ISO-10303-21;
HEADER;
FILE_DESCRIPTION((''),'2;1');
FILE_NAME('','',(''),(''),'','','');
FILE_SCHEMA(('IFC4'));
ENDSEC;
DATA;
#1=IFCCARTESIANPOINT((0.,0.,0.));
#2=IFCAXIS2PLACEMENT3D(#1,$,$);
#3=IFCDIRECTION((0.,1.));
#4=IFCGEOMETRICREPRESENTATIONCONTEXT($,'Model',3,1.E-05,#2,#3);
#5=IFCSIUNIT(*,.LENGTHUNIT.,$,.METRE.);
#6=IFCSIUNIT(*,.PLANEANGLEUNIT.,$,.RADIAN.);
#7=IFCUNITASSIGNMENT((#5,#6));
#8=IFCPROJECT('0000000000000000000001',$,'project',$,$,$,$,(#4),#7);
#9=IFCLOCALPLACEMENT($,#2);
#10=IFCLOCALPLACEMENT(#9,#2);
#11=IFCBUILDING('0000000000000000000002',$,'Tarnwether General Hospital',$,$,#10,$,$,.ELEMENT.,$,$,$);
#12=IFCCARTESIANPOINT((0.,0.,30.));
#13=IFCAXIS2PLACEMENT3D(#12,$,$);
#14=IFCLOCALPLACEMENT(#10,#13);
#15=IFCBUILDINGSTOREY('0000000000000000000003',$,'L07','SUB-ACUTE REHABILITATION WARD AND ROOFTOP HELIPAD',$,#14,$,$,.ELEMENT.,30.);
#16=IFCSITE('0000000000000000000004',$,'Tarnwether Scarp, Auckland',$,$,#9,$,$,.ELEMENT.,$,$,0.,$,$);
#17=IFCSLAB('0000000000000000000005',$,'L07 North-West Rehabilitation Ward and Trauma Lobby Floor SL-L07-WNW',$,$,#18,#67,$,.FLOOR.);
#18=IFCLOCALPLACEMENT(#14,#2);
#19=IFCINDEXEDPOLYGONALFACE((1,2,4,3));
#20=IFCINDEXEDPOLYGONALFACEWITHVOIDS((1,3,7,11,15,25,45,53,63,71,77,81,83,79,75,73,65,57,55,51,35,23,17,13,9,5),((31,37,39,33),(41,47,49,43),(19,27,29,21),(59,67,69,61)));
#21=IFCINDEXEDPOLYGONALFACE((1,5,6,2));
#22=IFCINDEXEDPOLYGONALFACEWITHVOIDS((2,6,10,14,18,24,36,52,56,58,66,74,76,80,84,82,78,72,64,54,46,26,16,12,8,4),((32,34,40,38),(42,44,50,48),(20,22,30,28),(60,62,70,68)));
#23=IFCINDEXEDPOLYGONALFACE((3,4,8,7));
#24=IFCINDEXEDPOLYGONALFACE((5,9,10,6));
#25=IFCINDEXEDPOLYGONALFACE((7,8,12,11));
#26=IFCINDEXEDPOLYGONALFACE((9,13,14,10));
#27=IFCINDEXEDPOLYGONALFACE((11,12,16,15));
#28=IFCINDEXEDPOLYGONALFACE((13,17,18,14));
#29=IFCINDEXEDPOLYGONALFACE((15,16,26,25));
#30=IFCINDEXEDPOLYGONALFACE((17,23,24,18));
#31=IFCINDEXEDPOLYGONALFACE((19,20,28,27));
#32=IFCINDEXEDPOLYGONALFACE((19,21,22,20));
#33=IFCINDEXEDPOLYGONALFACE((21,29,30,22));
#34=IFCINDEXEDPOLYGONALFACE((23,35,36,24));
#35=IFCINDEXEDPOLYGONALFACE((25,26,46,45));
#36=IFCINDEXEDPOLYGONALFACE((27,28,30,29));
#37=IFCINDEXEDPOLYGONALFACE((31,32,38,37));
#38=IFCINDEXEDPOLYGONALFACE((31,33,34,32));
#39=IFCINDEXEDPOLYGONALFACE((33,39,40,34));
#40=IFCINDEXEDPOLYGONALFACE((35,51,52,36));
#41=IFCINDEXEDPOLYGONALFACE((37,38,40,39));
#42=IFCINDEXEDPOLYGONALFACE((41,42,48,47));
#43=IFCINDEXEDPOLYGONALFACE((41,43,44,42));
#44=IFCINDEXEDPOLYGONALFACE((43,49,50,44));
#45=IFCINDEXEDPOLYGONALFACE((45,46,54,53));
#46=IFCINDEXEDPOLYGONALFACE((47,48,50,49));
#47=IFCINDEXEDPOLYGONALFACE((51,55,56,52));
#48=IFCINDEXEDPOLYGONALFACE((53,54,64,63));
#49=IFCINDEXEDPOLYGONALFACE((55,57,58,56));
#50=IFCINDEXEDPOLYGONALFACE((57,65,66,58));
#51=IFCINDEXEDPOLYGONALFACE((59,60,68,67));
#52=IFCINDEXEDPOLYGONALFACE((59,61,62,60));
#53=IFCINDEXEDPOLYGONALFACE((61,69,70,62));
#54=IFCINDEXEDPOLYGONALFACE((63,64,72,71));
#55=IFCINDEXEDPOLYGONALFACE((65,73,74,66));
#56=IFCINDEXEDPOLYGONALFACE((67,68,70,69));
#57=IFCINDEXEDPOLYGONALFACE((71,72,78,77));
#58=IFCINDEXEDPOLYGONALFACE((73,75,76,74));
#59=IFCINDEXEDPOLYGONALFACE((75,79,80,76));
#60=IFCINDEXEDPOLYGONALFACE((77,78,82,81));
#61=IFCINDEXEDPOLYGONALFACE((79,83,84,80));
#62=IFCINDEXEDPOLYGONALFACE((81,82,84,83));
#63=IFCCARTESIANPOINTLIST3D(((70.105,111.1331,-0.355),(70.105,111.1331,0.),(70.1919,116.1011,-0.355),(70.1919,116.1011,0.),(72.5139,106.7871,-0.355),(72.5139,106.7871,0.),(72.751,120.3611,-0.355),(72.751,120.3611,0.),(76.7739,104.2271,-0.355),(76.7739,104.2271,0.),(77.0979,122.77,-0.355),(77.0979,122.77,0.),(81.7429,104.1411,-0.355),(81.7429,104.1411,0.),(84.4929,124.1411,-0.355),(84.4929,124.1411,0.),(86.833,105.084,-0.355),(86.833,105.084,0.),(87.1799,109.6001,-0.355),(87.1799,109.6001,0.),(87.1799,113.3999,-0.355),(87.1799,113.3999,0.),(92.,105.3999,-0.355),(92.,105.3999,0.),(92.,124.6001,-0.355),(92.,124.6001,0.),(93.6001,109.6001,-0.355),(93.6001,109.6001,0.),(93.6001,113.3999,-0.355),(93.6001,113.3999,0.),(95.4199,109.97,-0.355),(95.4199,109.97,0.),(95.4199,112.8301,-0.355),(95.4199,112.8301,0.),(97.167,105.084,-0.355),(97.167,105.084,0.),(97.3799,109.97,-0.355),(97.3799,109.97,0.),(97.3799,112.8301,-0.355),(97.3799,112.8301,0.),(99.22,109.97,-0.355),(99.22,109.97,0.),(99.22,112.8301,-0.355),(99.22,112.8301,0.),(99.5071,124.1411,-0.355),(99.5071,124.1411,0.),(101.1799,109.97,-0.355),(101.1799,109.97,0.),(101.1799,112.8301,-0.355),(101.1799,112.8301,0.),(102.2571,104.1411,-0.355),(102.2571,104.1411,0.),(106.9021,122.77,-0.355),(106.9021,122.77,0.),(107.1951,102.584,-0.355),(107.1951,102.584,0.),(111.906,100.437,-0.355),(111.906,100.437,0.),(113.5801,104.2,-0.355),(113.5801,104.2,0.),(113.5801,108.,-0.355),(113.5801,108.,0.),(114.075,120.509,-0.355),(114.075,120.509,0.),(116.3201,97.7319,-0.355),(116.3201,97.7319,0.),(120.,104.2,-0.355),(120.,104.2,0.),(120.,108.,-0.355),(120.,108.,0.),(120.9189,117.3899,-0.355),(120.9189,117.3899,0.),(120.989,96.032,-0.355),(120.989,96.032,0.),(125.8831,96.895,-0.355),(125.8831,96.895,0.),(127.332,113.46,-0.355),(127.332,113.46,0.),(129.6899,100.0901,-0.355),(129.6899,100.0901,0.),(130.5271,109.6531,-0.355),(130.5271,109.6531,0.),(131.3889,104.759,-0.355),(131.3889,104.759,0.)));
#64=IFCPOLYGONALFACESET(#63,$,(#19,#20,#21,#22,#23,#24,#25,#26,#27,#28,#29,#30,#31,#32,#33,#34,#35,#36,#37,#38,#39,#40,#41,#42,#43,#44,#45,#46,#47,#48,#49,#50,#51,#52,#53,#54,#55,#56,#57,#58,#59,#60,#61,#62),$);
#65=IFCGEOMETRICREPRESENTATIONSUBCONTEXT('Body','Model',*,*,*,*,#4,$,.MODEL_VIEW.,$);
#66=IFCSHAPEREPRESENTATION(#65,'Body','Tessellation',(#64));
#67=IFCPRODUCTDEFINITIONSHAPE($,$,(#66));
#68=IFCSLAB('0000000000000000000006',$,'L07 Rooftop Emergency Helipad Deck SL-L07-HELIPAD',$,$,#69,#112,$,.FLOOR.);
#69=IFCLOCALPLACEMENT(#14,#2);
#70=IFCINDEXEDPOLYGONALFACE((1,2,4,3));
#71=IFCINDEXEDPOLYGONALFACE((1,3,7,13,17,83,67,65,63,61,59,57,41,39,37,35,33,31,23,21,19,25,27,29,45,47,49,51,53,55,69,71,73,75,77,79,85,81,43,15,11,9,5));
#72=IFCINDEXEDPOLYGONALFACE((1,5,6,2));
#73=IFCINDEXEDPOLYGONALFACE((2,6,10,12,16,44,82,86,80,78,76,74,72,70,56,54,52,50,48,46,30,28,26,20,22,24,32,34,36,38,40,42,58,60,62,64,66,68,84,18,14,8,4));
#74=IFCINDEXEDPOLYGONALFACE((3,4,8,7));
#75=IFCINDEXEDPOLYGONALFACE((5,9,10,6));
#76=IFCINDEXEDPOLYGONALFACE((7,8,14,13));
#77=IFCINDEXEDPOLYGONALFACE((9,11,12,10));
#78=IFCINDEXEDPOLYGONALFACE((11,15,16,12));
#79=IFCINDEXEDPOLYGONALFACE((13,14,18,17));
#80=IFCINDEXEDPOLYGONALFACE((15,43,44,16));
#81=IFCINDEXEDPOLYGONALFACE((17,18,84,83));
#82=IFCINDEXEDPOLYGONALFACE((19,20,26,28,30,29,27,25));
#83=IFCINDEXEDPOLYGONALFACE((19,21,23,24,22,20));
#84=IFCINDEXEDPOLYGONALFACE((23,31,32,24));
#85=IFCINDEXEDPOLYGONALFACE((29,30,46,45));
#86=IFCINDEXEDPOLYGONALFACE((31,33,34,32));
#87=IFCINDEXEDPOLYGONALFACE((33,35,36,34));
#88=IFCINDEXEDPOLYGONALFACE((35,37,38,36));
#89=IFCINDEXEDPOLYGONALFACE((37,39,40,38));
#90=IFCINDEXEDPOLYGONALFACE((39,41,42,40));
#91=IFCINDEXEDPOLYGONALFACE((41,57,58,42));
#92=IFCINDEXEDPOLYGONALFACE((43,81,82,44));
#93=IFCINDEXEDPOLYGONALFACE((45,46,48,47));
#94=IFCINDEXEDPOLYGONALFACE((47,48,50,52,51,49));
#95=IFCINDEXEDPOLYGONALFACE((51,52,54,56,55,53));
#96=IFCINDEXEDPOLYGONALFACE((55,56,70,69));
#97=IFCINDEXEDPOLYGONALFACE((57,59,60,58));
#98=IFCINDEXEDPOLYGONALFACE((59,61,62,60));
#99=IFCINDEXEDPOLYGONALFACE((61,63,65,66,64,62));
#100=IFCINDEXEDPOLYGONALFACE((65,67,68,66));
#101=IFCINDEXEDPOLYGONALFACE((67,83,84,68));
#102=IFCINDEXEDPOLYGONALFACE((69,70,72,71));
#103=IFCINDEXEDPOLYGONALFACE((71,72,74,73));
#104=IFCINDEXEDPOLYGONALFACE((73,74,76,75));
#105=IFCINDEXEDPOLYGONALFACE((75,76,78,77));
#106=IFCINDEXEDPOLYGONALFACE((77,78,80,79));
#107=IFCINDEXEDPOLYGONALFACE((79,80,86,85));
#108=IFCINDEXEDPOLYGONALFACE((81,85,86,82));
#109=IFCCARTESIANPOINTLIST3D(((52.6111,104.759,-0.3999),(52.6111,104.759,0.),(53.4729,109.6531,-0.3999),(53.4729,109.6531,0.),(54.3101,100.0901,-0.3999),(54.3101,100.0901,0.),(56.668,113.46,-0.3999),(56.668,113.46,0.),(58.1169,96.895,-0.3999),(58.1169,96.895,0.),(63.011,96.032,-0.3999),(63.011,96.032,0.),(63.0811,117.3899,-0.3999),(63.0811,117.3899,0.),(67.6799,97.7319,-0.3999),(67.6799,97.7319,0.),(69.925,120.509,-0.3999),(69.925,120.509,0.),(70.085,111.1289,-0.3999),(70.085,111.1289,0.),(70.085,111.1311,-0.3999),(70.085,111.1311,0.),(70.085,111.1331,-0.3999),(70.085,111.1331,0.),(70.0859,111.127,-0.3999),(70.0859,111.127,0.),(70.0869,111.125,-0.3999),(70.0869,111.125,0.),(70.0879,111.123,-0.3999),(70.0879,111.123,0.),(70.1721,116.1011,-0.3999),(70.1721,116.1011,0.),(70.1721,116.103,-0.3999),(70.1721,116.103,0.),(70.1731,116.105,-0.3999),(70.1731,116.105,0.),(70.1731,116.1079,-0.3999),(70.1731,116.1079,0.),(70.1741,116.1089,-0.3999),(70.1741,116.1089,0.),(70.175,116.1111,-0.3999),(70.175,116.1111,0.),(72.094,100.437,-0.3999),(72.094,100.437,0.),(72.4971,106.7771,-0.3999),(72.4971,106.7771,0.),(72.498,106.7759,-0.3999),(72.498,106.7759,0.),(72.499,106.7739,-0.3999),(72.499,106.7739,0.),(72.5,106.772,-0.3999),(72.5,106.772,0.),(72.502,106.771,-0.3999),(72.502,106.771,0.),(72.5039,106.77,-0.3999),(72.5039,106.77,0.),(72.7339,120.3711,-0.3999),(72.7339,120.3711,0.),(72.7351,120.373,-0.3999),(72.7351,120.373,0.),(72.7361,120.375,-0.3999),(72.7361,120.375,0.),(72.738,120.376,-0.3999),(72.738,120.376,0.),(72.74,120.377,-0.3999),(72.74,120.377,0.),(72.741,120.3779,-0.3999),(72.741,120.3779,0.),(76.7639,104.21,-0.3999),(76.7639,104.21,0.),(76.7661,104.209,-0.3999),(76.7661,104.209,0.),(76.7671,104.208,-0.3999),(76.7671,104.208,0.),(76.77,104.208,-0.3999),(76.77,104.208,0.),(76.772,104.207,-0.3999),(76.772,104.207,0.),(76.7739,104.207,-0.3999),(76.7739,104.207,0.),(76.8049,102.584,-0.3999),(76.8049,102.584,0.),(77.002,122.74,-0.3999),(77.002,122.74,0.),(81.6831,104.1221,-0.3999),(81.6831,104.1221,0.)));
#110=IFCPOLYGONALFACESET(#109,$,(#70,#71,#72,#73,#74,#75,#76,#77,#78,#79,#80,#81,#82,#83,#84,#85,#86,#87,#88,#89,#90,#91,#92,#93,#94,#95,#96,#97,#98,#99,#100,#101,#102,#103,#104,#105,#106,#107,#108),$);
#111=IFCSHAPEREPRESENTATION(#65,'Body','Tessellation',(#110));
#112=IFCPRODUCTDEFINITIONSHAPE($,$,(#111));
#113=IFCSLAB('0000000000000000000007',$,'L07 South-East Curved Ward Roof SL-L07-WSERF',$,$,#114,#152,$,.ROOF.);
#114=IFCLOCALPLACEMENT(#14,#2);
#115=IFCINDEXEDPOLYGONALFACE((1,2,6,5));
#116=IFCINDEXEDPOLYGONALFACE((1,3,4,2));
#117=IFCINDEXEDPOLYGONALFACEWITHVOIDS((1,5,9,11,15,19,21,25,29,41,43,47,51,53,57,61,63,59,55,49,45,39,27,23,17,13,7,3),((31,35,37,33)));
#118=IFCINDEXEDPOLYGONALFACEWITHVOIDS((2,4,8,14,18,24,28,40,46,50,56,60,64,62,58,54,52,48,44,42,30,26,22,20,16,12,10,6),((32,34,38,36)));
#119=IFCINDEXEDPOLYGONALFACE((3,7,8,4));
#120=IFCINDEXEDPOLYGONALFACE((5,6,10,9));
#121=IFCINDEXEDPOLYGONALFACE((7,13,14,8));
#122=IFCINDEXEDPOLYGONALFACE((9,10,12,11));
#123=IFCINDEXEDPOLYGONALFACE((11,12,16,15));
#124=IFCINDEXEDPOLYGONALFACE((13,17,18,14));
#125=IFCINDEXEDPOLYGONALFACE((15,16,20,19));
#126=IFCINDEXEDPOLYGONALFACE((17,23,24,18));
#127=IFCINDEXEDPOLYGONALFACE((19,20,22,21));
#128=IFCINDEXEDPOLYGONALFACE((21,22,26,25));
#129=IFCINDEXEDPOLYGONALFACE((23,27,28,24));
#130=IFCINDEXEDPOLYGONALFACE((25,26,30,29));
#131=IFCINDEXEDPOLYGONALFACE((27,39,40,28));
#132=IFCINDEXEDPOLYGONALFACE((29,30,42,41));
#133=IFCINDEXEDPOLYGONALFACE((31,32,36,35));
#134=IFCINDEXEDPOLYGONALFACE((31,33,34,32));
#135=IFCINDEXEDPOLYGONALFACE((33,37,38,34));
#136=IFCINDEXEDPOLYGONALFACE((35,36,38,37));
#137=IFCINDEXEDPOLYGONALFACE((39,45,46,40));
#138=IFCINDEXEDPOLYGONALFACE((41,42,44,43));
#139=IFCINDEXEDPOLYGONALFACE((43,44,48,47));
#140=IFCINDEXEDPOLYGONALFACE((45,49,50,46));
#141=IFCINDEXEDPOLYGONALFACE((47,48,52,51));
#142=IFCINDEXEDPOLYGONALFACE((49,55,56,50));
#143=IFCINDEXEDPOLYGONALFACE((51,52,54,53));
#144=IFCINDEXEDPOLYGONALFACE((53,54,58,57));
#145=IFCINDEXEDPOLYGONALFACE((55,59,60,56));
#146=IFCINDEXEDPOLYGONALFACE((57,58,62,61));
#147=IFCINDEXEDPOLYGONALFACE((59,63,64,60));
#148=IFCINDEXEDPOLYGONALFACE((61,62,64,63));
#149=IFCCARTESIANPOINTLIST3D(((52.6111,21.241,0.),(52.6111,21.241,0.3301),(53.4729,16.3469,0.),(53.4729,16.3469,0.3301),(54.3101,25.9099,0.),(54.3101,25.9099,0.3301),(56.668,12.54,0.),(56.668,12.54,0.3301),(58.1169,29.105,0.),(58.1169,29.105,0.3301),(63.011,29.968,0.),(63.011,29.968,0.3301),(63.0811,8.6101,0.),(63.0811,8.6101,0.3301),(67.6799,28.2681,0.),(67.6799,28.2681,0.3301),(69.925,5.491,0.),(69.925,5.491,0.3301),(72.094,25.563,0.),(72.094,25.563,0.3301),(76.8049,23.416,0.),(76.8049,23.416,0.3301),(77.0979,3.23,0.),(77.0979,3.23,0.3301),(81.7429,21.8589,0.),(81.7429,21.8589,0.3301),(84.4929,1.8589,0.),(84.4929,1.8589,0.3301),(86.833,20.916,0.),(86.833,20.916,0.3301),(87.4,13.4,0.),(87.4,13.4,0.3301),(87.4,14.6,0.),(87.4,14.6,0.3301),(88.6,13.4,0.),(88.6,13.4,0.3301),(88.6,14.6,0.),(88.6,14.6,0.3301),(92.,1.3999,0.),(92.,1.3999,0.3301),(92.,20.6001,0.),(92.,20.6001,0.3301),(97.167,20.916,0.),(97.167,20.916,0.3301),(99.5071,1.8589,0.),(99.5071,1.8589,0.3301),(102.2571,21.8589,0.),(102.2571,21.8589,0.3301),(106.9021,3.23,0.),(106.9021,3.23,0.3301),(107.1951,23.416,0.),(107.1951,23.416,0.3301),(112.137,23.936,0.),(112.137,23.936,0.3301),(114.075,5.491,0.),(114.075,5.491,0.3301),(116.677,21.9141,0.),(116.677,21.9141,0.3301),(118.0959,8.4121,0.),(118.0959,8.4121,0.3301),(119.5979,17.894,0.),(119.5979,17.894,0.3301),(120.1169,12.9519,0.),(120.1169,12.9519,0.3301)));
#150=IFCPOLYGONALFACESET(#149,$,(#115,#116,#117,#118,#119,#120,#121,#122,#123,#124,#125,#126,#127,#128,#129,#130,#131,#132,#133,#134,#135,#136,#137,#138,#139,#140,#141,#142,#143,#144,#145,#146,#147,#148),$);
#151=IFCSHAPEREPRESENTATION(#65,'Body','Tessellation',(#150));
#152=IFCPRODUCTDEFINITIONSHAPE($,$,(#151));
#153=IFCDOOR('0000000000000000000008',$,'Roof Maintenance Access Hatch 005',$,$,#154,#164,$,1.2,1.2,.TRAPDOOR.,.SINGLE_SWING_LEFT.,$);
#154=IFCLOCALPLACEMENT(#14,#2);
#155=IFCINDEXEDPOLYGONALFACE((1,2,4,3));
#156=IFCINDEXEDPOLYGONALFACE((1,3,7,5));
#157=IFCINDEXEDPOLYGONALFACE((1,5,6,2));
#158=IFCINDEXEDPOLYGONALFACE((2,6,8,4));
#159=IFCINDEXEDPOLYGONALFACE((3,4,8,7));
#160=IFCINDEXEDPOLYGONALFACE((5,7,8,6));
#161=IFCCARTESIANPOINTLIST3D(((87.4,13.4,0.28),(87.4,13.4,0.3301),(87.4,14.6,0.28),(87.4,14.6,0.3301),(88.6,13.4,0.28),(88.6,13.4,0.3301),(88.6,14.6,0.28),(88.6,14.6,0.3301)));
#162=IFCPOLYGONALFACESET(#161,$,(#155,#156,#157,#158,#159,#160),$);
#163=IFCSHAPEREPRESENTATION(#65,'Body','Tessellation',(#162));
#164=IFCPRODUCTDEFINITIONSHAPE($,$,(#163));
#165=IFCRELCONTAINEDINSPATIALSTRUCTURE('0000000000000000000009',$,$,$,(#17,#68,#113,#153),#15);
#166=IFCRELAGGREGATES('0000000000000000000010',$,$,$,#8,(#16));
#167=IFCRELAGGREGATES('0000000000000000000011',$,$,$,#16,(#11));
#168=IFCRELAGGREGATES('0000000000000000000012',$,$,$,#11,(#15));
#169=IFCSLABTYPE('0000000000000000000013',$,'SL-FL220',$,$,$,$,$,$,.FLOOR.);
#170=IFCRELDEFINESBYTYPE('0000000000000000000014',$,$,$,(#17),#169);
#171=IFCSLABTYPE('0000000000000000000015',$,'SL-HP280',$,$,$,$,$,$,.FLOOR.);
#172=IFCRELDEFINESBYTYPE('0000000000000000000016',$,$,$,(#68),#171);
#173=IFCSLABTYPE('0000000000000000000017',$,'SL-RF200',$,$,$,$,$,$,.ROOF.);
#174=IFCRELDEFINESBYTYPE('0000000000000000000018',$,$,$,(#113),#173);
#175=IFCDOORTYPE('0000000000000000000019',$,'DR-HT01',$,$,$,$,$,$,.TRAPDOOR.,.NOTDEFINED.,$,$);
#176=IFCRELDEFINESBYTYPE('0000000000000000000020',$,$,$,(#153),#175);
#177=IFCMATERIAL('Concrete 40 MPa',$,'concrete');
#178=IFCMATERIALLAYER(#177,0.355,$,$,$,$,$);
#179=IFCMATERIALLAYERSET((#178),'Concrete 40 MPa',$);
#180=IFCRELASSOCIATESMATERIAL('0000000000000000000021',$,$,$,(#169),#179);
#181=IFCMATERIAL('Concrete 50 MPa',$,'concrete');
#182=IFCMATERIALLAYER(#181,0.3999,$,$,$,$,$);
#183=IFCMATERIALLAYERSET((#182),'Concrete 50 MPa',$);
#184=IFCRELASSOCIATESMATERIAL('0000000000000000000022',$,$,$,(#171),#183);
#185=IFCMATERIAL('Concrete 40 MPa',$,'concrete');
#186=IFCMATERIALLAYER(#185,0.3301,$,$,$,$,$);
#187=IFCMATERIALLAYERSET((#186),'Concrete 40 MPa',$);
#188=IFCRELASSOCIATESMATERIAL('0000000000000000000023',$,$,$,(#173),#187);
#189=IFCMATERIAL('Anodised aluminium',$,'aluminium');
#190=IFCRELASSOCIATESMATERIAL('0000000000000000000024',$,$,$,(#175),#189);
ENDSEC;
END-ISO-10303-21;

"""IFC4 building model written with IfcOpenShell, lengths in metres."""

from ifc_helpers import new_model, si_unit, direction, frame, origin, origin_2d, place, context, subcontext, project, spatial, polyline, rectangle, outline, extrude, material, layer, layer_set, type_object, element, fill, save


model = new_model("IFC4")

# Units and contexts
model_context = context("Model", 3, precision=1e-05, world=origin(), true_north=direction((0.0, 1.0)))
body_context = subcontext(model_context, "Body", "Model", "MODEL_VIEW")
ifc_project = project(units=[si_unit("LENGTHUNIT", "METRE"), si_unit("PLANEANGLEUNIT", "RADIAN")], contexts=[model_context])

# Site, building, storey
site_placement = place(None, origin())
site = spatial("IfcSite", under=ifc_project, at=site_placement, Name="Tarnwether Scarp, Auckland", CompositionType="ELEMENT", RefElevation=0.0)
building_placement = place(site_placement, origin())
building = spatial("IfcBuilding", under=site, at=building_placement, Name="Tarnwether General Hospital", CompositionType="ELEMENT")
storey_placement = place(building_placement, frame((0.0, 0.0, 30.0)))
storey = spatial("IfcBuildingStorey", under=building, at=storey_placement, Name="L07", Description="SUB-ACUTE REHABILITATION WARD AND ROOFTOP HELIPAD", CompositionType="ELEMENT", Elevation=30.0)

# Slabs
ifc_material_1 = material(Name="Concrete 40 MPa", Category="concrete")
ifc_layer_1 = layer(ifc_material_1, 0.355)
ifc_layer_set_1 = layer_set([ifc_layer_1], Name="Concrete 40 MPa")
slab_type_1 = type_object("IfcSlabType", Name="SL-FL220", PredefinedType="FLOOR", material=ifc_layer_set_1)
slab_1_placement = place(storey_placement, frame((0.0, 0.0, -0.355)))
element("IfcSlab", 1, at=slab_1_placement, inside=storey, type_object=slab_type_1, Name="L07 North-West Rehabilitation Ward and Trauma Lobby Floor SL-L07-WNW", PredefinedType="FLOOR", context=body_context, shape_type="SweptSolid", body=[
    extrude(outline(polyline([(77.0979, 122.77), (84.4929, 124.1411), (92.0, 124.6001), (99.5071, 124.1411), (106.9021, 122.77), (114.075, 120.509), (120.9189, 117.3899), (127.332, 113.46), (130.5271, 109.6531), (131.3889, 104.759), (129.6899, 100.0901), (125.8831, 96.895), (120.989, 96.032), (116.3201, 97.7319), (111.906, 100.437), (107.1951, 102.584), (102.2571, 104.1411), (97.167, 105.084), (92.0, 105.3999), (86.833, 105.084), (81.7429, 104.1411), (76.7739, 104.2271), (72.5139, 106.7871), (70.105, 111.1331), (70.1919, 116.1011), (72.751, 120.3611), (77.0979, 122.77)]), holes=[polyline([(113.5801, 104.2), (120.0, 104.2), (120.0, 108.0), (113.5801, 108.0), (113.5801, 104.2)]), polyline([(95.4199, 109.97), (97.3799, 109.97), (97.3799, 112.8301), (95.4199, 112.8301), (95.4199, 109.97)]), polyline([(99.22, 109.97), (101.1799, 109.97), (101.1799, 112.8301), (99.22, 112.8301), (99.22, 109.97)]), polyline([(87.1799, 109.6001), (93.6001, 109.6001), (93.6001, 113.3999), (87.1799, 113.3999), (87.1799, 109.6001)])]), origin(), (0.0, 0.0, 1.0), 0.355),
])
ifc_material_2 = material(Name="Concrete 50 MPa", Category="concrete")
ifc_layer_2 = layer(ifc_material_2, 0.3999)
ifc_layer_set_2 = layer_set([ifc_layer_2], Name="Concrete 50 MPa")
slab_type_2 = type_object("IfcSlabType", Name="SL-HP280", PredefinedType="FLOOR", material=ifc_layer_set_2)
slab_2_placement = place(storey_placement, frame((0.0, 0.0, -0.3999)))
element("IfcSlab", 2, at=slab_2_placement, inside=storey, type_object=slab_type_2, Name="L07 Rooftop Emergency Helipad Deck SL-L07-HELIPAD", PredefinedType="FLOOR", context=body_context, shape_type="SweptSolid", body=[
    extrude(outline(polyline([(76.8049, 102.584), (72.094, 100.437), (67.6799, 97.7319), (63.011, 96.032), (58.1169, 96.895), (54.3101, 100.0901), (52.6111, 104.759), (53.4729, 109.6531), (56.668, 113.46), (63.0811, 117.3899), (69.925, 120.509), (77.002, 122.74), (72.741, 120.3779), (72.74, 120.377), (72.738, 120.376), (72.7361, 120.375), (72.7351, 120.373), (72.7339, 120.3711), (70.175, 116.1111), (70.1741, 116.1089), (70.1731, 116.1079), (70.1731, 116.105), (70.1721, 116.103), (70.1721, 116.1011), (70.085, 111.1331), (70.085, 111.1311), (70.085, 111.1289), (70.0859, 111.127), (70.0869, 111.125), (70.0879, 111.123), (72.4971, 106.7771), (72.498, 106.7759), (72.499, 106.7739), (72.5, 106.772), (72.502, 106.771), (72.5039, 106.77), (76.7639, 104.21), (76.7661, 104.209), (76.7671, 104.208), (76.77, 104.208), (76.772, 104.207), (76.7739, 104.207), (81.6831, 104.1221), (76.8049, 102.584)])), origin(), (0.0, 0.0, 1.0), 0.3999),
])

# Slab, opening, door
ifc_material_3 = material(Name="Concrete 40 MPa", Category="concrete")
ifc_layer_3 = layer(ifc_material_3, 0.3301)
ifc_layer_set_3 = layer_set([ifc_layer_3], Name="Concrete 40 MPa")
slab_type_3 = type_object("IfcSlabType", Name="SL-RF200", PredefinedType="ROOF", material=ifc_layer_set_3)
slab_3_placement = place(storey_placement, origin())
slab_3 = element("IfcSlab", 3, at=slab_3_placement, inside=storey, type_object=slab_type_3, Name="L07 South-East Curved Ward Roof SL-L07-WSERF", PredefinedType="ROOF", context=body_context, shape_type="SweptSolid", body=[
    extrude(outline(polyline([(56.668, 12.54), (63.0811, 8.6101), (69.925, 5.491), (77.0979, 3.23), (84.4929, 1.8589), (92.0, 1.3999), (99.5071, 1.8589), (106.9021, 3.23), (114.075, 5.491), (118.0959, 8.4121), (120.1169, 12.9519), (119.5979, 17.894), (116.677, 21.9141), (112.137, 23.936), (107.1951, 23.416), (102.2571, 21.8589), (97.167, 20.916), (92.0, 20.6001), (86.833, 20.916), (81.7429, 21.8589), (76.8049, 23.416), (72.094, 25.563), (67.6799, 28.2681), (63.011, 29.968), (58.1169, 29.105), (54.3101, 25.9099), (52.6111, 21.241), (53.4729, 16.3469), (56.668, 12.54)])), origin(), (0.0, 0.0, 1.0), 0.3301),
])
opening_placement = place(slab_3_placement, frame((88.0, 14.0, 0.0)))
opening = element("IfcOpeningElement", 4, at=opening_placement, cuts=slab_3, PredefinedType="OPENING", context=body_context, shape_type="SweptSolid", body=[
    extrude(rectangle(XDim=1.2, YDim=1.2, at=origin_2d()), origin(), (0.0, 0.0, 1.0), 0.3301),
])
ifc_material_4 = material(Name="Anodised aluminium", Category="aluminium")
door_type = type_object("IfcDoorType", Name="DR-HT01", OperationType="NOTDEFINED", PredefinedType="TRAPDOOR", material=ifc_material_4)
door_placement = place(opening_placement, frame((0.0, 0.0, 0.28)))
door = element("IfcDoor", 5, at=door_placement, inside=storey, type_object=door_type, Name="Roof Maintenance Access Hatch 005", OperationType="SINGLE_SWING_LEFT", OverallHeight=1.2, OverallWidth=1.2, PredefinedType="TRAPDOOR", context=body_context, shape_type="SweptSolid", body=[
    extrude(rectangle(XDim=1.2, YDim=1.2, at=origin_2d()), origin(), (0.0, 0.0, 1.0), 0.05),
])
fill(opening, door)

save(model, "model.ifc")
